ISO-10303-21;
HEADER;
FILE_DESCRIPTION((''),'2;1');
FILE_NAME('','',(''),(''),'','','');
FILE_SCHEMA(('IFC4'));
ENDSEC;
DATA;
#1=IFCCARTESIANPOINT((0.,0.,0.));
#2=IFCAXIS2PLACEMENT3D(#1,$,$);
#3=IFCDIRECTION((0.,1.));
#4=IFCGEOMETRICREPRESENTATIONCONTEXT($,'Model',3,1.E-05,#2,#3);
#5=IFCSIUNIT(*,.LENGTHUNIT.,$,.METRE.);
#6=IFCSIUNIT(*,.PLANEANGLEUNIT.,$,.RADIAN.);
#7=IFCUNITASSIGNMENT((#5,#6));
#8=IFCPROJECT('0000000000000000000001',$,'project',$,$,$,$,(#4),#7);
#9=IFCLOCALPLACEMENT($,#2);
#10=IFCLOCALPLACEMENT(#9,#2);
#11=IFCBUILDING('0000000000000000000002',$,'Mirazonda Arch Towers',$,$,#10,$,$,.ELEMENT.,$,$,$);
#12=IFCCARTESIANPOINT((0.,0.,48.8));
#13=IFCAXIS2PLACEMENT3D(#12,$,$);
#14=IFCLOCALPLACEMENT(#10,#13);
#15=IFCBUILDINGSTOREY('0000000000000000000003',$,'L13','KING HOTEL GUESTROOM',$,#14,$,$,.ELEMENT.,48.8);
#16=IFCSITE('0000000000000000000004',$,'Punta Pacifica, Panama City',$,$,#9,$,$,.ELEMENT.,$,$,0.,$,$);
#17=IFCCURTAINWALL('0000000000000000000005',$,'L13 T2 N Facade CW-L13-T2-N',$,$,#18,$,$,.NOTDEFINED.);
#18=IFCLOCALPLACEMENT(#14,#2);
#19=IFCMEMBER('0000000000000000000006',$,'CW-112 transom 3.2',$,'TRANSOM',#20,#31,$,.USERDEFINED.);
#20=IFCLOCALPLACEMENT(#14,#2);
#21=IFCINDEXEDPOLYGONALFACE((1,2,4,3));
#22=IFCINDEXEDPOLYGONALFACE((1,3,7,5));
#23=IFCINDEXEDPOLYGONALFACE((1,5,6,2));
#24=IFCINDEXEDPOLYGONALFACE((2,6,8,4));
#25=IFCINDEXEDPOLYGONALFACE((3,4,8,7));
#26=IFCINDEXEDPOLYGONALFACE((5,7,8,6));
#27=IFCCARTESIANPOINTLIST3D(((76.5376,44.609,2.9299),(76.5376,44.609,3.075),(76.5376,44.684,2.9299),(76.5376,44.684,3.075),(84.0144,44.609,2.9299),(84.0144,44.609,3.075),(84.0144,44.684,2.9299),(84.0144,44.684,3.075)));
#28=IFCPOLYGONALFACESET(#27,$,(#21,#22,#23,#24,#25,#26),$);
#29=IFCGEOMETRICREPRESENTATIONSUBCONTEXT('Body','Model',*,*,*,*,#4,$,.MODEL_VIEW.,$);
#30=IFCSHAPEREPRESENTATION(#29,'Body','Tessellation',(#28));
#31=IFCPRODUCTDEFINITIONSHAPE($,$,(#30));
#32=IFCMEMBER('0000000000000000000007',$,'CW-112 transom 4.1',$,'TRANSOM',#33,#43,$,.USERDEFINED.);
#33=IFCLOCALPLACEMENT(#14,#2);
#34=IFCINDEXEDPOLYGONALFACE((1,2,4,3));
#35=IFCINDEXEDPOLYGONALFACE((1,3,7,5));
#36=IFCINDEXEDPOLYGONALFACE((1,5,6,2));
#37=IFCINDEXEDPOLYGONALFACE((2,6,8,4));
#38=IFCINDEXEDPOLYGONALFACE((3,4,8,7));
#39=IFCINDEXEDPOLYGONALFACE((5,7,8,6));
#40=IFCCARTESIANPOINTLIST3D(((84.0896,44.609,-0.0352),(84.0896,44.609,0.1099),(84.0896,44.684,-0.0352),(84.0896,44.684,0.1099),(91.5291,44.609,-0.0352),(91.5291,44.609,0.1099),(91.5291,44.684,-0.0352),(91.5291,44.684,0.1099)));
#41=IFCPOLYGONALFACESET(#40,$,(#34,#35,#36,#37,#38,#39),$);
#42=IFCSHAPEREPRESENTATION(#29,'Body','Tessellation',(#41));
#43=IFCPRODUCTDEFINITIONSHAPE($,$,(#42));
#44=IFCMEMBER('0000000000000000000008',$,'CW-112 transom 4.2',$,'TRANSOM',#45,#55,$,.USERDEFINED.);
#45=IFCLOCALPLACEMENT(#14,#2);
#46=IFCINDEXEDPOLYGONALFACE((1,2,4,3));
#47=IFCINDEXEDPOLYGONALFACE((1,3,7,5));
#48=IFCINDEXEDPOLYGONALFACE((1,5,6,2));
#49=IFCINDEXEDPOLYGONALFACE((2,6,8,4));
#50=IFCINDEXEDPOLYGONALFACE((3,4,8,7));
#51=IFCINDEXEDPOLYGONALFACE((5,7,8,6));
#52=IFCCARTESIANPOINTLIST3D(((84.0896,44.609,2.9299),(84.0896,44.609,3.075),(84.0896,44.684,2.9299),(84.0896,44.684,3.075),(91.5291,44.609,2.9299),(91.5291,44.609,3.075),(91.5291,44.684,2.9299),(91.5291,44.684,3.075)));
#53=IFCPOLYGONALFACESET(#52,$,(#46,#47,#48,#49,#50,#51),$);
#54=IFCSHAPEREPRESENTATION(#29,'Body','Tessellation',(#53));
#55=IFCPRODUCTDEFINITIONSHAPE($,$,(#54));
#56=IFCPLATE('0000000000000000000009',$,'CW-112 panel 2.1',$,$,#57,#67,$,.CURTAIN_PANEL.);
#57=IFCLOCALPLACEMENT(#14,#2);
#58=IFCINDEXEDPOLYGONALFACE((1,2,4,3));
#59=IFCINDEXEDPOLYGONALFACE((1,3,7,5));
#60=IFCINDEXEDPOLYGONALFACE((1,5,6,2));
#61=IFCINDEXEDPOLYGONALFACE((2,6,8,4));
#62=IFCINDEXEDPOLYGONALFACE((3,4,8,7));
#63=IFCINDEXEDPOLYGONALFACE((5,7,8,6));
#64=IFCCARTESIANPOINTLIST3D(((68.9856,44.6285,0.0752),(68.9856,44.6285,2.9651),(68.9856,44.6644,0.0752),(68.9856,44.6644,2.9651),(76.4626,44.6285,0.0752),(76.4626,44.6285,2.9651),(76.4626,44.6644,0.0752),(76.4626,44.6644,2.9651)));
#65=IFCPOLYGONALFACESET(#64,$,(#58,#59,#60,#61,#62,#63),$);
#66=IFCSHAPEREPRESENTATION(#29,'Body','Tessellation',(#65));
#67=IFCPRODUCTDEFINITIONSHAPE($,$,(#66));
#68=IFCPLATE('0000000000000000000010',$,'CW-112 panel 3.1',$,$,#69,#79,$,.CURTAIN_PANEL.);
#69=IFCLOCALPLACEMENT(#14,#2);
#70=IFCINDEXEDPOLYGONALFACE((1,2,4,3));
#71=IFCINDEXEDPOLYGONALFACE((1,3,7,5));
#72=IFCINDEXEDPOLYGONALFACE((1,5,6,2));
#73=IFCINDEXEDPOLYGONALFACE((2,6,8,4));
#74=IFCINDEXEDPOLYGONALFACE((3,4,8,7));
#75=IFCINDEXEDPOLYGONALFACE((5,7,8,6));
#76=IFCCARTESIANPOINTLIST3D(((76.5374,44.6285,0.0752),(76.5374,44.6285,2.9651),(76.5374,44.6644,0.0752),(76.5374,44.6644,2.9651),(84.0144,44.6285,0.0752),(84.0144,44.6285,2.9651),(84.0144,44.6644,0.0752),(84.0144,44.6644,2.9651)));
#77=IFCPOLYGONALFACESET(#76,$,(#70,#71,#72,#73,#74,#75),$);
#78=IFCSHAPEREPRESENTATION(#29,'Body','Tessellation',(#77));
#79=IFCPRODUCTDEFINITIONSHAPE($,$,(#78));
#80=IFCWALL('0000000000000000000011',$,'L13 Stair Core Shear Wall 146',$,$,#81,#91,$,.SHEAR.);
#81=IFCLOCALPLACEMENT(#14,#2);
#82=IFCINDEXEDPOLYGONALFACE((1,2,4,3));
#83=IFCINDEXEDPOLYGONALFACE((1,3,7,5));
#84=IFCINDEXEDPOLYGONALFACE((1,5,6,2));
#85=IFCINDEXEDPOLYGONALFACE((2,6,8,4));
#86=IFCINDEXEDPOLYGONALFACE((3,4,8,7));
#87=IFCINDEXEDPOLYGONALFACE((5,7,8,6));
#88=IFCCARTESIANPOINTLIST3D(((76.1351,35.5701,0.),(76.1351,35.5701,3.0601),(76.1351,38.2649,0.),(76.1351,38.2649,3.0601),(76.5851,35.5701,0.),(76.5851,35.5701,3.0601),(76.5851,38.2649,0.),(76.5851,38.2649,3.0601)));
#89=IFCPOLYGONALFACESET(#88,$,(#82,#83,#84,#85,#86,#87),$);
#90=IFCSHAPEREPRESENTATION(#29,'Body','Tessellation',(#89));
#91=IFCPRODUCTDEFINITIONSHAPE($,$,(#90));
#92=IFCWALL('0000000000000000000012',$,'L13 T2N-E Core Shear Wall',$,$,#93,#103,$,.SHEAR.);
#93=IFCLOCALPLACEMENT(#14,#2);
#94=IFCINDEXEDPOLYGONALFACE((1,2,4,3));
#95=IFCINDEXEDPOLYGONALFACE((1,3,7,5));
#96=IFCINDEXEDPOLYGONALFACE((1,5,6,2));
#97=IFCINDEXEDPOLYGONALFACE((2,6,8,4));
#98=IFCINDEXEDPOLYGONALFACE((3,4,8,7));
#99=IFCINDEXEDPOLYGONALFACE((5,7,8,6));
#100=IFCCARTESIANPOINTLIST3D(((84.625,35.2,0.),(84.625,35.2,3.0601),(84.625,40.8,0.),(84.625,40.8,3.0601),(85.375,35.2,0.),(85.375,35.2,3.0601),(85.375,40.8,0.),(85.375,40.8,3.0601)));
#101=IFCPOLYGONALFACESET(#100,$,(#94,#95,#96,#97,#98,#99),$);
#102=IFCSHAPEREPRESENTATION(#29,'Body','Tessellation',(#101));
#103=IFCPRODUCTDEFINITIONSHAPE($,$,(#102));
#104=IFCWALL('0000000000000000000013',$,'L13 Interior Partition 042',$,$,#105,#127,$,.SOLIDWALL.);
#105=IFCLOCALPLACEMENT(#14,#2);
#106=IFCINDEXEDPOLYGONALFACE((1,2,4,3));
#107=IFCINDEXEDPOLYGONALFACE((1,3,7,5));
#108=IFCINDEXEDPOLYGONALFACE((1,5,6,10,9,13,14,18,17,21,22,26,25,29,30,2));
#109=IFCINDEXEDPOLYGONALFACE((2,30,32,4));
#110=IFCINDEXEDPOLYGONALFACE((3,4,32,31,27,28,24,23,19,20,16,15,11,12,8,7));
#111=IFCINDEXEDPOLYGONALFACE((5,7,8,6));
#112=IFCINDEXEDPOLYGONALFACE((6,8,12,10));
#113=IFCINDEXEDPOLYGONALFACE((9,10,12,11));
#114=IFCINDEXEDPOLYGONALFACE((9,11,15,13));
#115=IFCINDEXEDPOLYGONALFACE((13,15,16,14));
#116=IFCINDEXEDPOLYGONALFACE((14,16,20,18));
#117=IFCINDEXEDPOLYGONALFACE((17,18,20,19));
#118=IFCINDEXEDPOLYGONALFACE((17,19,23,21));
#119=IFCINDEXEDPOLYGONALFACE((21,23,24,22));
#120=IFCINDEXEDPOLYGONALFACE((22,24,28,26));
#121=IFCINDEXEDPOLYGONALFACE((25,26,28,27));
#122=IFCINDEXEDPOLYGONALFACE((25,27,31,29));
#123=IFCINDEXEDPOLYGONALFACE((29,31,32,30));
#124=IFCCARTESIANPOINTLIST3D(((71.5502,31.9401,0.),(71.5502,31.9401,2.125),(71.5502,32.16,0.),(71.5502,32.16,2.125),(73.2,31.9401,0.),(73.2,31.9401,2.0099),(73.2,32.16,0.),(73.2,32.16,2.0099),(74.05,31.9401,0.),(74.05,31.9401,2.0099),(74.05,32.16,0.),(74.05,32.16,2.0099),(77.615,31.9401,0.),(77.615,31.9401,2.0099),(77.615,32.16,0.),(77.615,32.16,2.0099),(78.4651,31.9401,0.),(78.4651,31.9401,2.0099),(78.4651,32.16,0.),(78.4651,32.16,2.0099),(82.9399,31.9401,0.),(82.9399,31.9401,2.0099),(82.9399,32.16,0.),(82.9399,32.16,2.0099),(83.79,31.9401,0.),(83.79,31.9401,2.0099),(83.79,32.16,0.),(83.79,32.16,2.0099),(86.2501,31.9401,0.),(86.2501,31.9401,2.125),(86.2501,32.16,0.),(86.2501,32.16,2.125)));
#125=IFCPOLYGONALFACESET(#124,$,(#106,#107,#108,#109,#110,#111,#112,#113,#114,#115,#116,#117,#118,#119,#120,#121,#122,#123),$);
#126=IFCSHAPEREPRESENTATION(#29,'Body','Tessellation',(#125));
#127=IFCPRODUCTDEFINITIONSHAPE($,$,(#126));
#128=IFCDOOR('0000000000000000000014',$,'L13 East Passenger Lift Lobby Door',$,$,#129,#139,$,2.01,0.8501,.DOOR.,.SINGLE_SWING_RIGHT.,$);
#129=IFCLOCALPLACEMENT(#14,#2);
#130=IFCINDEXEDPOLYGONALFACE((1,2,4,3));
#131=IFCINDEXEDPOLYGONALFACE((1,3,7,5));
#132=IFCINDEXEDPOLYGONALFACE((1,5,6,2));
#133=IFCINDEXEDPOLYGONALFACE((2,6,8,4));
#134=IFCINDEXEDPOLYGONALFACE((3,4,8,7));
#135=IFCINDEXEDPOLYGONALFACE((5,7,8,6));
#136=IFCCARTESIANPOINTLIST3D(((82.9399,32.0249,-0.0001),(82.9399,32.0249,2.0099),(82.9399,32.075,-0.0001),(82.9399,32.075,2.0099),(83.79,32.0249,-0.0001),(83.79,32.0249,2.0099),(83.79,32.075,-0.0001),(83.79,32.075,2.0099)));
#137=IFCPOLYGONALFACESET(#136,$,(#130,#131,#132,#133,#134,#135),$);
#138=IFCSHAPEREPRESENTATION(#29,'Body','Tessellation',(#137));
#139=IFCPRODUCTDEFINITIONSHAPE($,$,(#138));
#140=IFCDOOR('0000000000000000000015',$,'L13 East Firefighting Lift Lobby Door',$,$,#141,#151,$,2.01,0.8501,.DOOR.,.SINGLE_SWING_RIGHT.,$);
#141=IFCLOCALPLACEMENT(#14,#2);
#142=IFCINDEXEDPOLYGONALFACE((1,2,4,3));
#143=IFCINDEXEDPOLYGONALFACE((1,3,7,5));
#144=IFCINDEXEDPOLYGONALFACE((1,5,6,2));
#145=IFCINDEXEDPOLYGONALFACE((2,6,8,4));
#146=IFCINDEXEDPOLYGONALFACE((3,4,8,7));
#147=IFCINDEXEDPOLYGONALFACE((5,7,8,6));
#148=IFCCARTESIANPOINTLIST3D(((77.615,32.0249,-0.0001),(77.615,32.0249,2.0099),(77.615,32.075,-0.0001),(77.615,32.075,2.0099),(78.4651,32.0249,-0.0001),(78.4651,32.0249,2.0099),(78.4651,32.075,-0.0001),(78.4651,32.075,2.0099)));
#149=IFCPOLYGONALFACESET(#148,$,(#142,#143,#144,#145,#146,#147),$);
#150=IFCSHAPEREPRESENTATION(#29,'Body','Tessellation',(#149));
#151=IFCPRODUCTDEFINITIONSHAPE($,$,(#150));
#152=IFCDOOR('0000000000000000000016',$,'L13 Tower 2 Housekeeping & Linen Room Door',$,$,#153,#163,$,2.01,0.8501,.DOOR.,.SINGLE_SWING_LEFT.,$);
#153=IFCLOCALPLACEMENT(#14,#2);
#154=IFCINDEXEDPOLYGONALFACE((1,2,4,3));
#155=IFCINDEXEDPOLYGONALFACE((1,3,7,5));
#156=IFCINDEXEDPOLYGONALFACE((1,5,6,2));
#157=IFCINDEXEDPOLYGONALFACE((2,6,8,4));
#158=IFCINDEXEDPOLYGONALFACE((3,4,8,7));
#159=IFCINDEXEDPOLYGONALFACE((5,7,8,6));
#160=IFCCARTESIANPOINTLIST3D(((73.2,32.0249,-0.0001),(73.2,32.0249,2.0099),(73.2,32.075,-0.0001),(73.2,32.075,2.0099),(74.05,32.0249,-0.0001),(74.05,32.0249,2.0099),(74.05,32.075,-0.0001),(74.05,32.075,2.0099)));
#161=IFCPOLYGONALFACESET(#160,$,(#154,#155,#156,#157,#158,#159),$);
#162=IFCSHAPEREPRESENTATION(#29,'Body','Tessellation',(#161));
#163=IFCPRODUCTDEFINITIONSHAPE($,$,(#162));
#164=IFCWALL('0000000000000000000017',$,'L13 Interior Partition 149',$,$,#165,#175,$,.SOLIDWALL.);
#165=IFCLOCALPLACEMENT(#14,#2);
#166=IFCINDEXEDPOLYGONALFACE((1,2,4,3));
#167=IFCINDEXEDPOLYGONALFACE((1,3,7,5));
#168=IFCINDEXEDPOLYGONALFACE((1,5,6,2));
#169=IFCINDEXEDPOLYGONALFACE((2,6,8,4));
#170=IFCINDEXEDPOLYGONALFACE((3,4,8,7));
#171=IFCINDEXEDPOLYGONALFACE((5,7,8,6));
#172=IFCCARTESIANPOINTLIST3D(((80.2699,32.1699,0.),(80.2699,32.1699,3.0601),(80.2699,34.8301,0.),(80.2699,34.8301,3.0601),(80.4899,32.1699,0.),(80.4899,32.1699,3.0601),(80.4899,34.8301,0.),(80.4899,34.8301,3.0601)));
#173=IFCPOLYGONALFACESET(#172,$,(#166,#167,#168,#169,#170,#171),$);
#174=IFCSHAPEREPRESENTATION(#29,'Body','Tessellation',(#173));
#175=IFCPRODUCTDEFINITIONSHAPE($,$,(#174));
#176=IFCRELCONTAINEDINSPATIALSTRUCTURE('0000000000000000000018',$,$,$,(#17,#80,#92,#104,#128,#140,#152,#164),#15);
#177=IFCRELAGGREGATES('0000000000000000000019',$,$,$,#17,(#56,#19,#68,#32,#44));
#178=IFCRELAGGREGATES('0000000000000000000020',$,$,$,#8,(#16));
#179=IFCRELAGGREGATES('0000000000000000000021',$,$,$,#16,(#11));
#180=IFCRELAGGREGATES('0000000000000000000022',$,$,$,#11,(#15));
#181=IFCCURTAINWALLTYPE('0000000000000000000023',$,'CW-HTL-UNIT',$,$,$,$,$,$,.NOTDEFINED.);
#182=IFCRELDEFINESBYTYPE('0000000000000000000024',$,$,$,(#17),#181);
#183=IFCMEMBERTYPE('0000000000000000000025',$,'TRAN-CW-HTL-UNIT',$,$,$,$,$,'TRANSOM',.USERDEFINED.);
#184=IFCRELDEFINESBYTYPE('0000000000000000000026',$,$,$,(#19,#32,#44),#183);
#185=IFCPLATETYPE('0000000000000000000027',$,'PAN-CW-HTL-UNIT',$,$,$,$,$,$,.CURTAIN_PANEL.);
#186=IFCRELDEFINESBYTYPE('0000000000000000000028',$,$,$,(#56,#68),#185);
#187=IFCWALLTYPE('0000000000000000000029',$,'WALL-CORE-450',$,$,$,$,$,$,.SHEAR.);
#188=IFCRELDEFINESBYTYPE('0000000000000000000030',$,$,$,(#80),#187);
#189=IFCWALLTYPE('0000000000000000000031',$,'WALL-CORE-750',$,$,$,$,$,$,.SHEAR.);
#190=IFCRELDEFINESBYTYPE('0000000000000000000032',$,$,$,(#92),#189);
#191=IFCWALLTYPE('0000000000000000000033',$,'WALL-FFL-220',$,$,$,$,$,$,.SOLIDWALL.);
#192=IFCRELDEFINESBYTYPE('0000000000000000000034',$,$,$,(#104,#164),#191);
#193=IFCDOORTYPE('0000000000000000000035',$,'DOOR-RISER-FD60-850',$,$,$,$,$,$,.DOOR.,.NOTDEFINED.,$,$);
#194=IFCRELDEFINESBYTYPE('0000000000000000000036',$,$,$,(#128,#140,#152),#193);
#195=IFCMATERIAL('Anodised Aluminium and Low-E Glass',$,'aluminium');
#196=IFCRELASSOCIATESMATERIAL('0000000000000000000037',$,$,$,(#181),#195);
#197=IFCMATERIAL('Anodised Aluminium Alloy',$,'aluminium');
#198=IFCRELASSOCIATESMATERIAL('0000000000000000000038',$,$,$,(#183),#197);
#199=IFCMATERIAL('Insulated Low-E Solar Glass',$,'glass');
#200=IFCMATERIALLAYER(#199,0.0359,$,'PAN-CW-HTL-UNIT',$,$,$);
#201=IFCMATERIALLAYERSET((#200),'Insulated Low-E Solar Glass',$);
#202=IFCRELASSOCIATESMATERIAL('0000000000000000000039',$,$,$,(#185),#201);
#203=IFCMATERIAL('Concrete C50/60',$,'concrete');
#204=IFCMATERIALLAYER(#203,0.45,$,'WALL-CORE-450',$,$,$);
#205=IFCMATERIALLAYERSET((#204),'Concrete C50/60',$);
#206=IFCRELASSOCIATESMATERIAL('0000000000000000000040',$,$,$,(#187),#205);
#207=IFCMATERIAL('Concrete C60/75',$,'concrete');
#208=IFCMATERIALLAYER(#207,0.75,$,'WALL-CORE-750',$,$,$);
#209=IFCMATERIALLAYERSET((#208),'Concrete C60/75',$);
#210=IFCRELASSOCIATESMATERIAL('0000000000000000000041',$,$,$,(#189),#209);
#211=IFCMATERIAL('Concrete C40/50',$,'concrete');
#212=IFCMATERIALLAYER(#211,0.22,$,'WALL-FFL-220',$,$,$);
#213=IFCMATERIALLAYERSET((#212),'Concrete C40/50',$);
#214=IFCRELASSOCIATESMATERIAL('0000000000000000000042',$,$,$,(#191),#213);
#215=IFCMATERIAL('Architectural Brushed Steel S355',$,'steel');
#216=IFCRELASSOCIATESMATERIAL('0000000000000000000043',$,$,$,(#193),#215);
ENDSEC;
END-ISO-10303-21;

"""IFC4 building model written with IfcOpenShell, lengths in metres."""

from ifc_helpers import new_model, si_unit, direction, frame, frame_2d, origin, origin_2d, place, context, subcontext, project, spatial, rectangle, extrude, material, layer, layer_set, material_profile, profile_set, type_object, element, fill, aggregate, save


model = new_model("IFC4")

# Units and contexts
model_context = context("Model", 3, precision=1e-05, world=origin(), true_north=direction((0.0, 1.0)))
body_context = subcontext(model_context, "Body", "Model", "MODEL_VIEW")
ifc_project = project(units=[si_unit("LENGTHUNIT", "METRE"), si_unit("PLANEANGLEUNIT", "RADIAN")], contexts=[model_context])

# Site, building, storey
site_placement = place(None, origin())
site = spatial("IfcSite", under=ifc_project, at=site_placement, Name="Punta Pacifica, Panama City", CompositionType="ELEMENT", RefElevation=0.0)
building_placement = place(site_placement, origin())
building = spatial("IfcBuilding", under=site, at=building_placement, Name="Mirazonda Arch Towers", CompositionType="ELEMENT")
storey_placement = place(building_placement, frame((0.0, 0.0, 48.8)))
storey = spatial("IfcBuildingStorey", under=building, at=storey_placement, Name="L13", Description="KING HOTEL GUESTROOM", CompositionType="ELEMENT", Elevation=48.8)

# Shared definitions
ifc_material_1 = material(Name="Concrete C60/75", Category="concrete")

# Curtain wall, members, plates
ifc_material_2 = material(Name="Anodised Aluminium and Low-E Glass", Category="aluminium")
curtain_wall_type = type_object("IfcCurtainWallType", Name="CW-HTL-UNIT", PredefinedType="NOTDEFINED", material=ifc_material_2)
curtain_wall_placement = place(storey_placement, origin())
curtain_wall = element("IfcCurtainWall", 1, at=curtain_wall_placement, inside=storey, type_object=curtain_wall_type, Name="L13 T2 N Facade CW-L13-T2-N", PredefinedType="NOTDEFINED")
ifc_material_3 = material(Name="Anodised Aluminium Alloy", Category="aluminium")
ifc_material_profile_1 = material_profile(ifc_material_3, rectangle(XDim=0.075, YDim=0.145, at=origin_2d()), Name="ALU-TRAN-75x145")
ifc_profile_set_1 = profile_set([ifc_material_profile_1], Name="Anodised Aluminium Alloy")
member_type_1 = type_object("IfcMemberType", Name="TRAN-CW-HTL-UNIT", ElementType="TRANSOM", PredefinedType="USERDEFINED", material=ifc_profile_set_1)
member_1_placement = place(storey_placement, frame((76.5376, 44.6465, 3.0024), z_axis=(1.0, 0.0, 0.0), x_axis=(0.0, 1.0, 0.0)))
member_1 = element("IfcMember", 2, at=member_1_placement, type_object=member_type_1, Name="CW-112 transom 3.2", ObjectType="TRANSOM", PredefinedType="USERDEFINED", context=body_context, shape_type="SweptSolid", body=[
    extrude(rectangle(XDim=0.075, YDim=0.145, at=origin_2d()), origin(), (0.0, 0.0, 1.0), 7.4768),
])
member_2_placement = place(storey_placement, frame((84.0896, 44.6465, 0.0374), z_axis=(1.0, 0.0, 0.0), x_axis=(0.0, 1.0, 0.0)))
member_2 = element("IfcMember", 3, at=member_2_placement, type_object=member_type_1, Name="CW-112 transom 4.1", ObjectType="TRANSOM", PredefinedType="USERDEFINED", context=body_context, shape_type="SweptSolid", body=[
    extrude(rectangle(XDim=0.075, YDim=0.145, at=origin_2d()), origin(), (0.0, 0.0, 1.0), 7.4395),
])
member_3_placement = place(storey_placement, frame((84.0896, 44.6465, 3.0024), z_axis=(1.0, 0.0, 0.0), x_axis=(0.0, 1.0, 0.0)))
member_3 = element("IfcMember", 4, at=member_3_placement, type_object=member_type_1, Name="CW-112 transom 4.2", ObjectType="TRANSOM", PredefinedType="USERDEFINED", context=body_context, shape_type="SweptSolid", body=[
    extrude(rectangle(XDim=0.075, YDim=0.145, at=origin_2d()), origin(), (0.0, 0.0, 1.0), 7.4395),
])
ifc_material_4 = material(Name="Insulated Low-E Solar Glass", Category="glass")
ifc_layer_1 = layer(ifc_material_4, 0.0359, Name="PAN-CW-HTL-UNIT")
ifc_layer_set_1 = layer_set([ifc_layer_1], Name="Insulated Low-E Solar Glass")
plate_type = type_object("IfcPlateType", Name="PAN-CW-HTL-UNIT", PredefinedType="CURTAIN_PANEL", material=ifc_layer_set_1)
plate_1_placement = place(storey_placement, frame((72.7241, 44.6465, 0.0752), z_axis=(0.0, 0.0, 1.0), x_axis=(1.0, 0.0, 0.0)))
plate_1 = element("IfcPlate", 5, at=plate_1_placement, type_object=plate_type, Name="CW-112 panel 2.1", PredefinedType="CURTAIN_PANEL", context=body_context, shape_type="SweptSolid", body=[
    extrude(rectangle(XDim=7.4771, YDim=0.0359, at=origin_2d()), origin(), (0.0, 0.0, 1.0), 2.8899),
])
plate_2_placement = place(storey_placement, frame((80.2759, 44.6465, 0.0752), z_axis=(0.0, 0.0, 1.0), x_axis=(1.0, 0.0, 0.0)))
plate_2 = element("IfcPlate", 6, at=plate_2_placement, type_object=plate_type, Name="CW-112 panel 3.1", PredefinedType="CURTAIN_PANEL", context=body_context, shape_type="SweptSolid", body=[
    extrude(rectangle(XDim=7.4771, YDim=0.0359, at=origin_2d()), origin(), (0.0, 0.0, 1.0), 2.8899),
])
aggregate(curtain_wall, [plate_1, member_1, plate_2, member_2, member_3])

# Walls
ifc_material_5 = material(Name="Concrete C50/60", Category="concrete")
ifc_layer_2 = layer(ifc_material_5, 0.45, Name="WALL-CORE-450")
ifc_layer_set_2 = layer_set([ifc_layer_2], Name="Concrete C50/60")
wall_type_1 = type_object("IfcWallType", Name="WALL-CORE-450", PredefinedType="SHEAR", material=ifc_layer_set_2)
wall_1_placement = place(storey_placement, frame((76.3601, 35.5701, 0.0), z_axis=(0.0, 0.0, 1.0), x_axis=(0.0, 1.0, 0.0)))
element("IfcWall", 7, at=wall_1_placement, inside=storey, type_object=wall_type_1, Name="L13 Stair Core Shear Wall 146", PredefinedType="SHEAR", context=body_context, shape_type="SweptSolid", body=[
    extrude(rectangle(XDim=2.6948, YDim=0.45, at=frame_2d((1.3474, 0.0))), origin(), (0.0, 0.0, 1.0), 3.0601),
])
ifc_layer_3 = layer(ifc_material_1, 0.75, Name="WALL-CORE-750")
ifc_layer_set_3 = layer_set([ifc_layer_3], Name="Concrete C60/75")
wall_type_2 = type_object("IfcWallType", Name="WALL-CORE-750", PredefinedType="SHEAR", material=ifc_layer_set_3)
wall_2_placement = place(storey_placement, frame((85.0, 35.2, 0.0), z_axis=(0.0, 0.0, 1.0), x_axis=(0.0, 1.0, 0.0)))
element("IfcWall", 8, at=wall_2_placement, inside=storey, type_object=wall_type_2, Name="L13 T2N-E Core Shear Wall", PredefinedType="SHEAR", context=body_context, shape_type="SweptSolid", body=[
    extrude(rectangle(XDim=5.6001, YDim=0.75, at=frame_2d((2.8, 0.0))), origin(), (0.0, 0.0, 1.0), 3.0601),
])

# Wall, openings, doors
ifc_material_6 = material(Name="Concrete C40/50", Category="concrete")
ifc_layer_4 = layer(ifc_material_6, 0.22, Name="WALL-FFL-220")
ifc_layer_set_4 = layer_set([ifc_layer_4], Name="Concrete C40/50")
wall_type_3 = type_object("IfcWallType", Name="WALL-FFL-220", PredefinedType="SOLIDWALL", material=ifc_layer_set_4)
wall_3_placement = place(storey_placement, frame((71.55, 32.05, 0.0), z_axis=(0.0, 0.0, 1.0), x_axis=(1.0, 0.0, 0.0)))
wall_3 = element("IfcWall", 9, at=wall_3_placement, inside=storey, type_object=wall_type_3, Name="L13 Interior Partition 042", PredefinedType="SOLIDWALL", context=body_context, shape_type="SweptSolid", body=[
    extrude(rectangle(XDim=14.7, YDim=0.22, at=frame_2d((7.3501, 0.0))), origin(), (0.0, 0.0, 1.0), 2.125),
])
opening_1_placement = place(wall_3_placement, frame((11.3899, 0.0, 0.0)))
opening_1 = element("IfcOpeningElement", 10, at=opening_1_placement, cuts=wall_3, PredefinedType="OPENING", context=body_context, shape_type="SweptSolid", body=[
    extrude(rectangle(XDim=0.8501, YDim=2.01, at=frame_2d((0.425, 1.0049))), frame((0.0, 0.1199, 0.0), z_axis=(0.0, -1.0, 0.0), x_axis=(1.0, 0.0, 0.0)), (0.0, 0.0, 1.0), 0.24),
])
opening_2_placement = place(wall_3_placement, frame((6.0649, 0.0, 0.0)))
opening_2 = element("IfcOpeningElement", 11, at=opening_2_placement, cuts=wall_3, PredefinedType="OPENING", context=body_context, shape_type="SweptSolid", body=[
    extrude(rectangle(XDim=0.8501, YDim=2.01, at=frame_2d((0.425, 1.0049))), frame((0.0, 0.1199, 0.0), z_axis=(0.0, -1.0, 0.0), x_axis=(1.0, 0.0, 0.0)), (0.0, 0.0, 1.0), 0.24),
])
opening_3_placement = place(wall_3_placement, frame((1.6499, 0.0, 0.0)))
opening_3 = element("IfcOpeningElement", 12, at=opening_3_placement, cuts=wall_3, PredefinedType="OPENING", context=body_context, shape_type="SweptSolid", body=[
    extrude(rectangle(XDim=0.8501, YDim=2.01, at=frame_2d((0.425, 1.0049))), frame((0.0, 0.1199, 0.0), z_axis=(0.0, -1.0, 0.0), x_axis=(1.0, 0.0, 0.0)), (0.0, 0.0, 1.0), 0.24),
])
ifc_material_7 = material(Name="Architectural Brushed Steel S355", Category="steel")
door_type = type_object("IfcDoorType", Name="DOOR-RISER-FD60-850", OperationType="NOTDEFINED", PredefinedType="DOOR", material=ifc_material_7)
door_1_placement = place(opening_1_placement, origin())
door_1 = element("IfcDoor", 13, at=door_1_placement, inside=storey, type_object=door_type, Name="L13 East Passenger Lift Lobby Door", OperationType="SINGLE_SWING_RIGHT", OverallHeight=2.01, OverallWidth=0.8501, PredefinedType="DOOR", context=body_context, shape_type="SweptSolid", body=[
    extrude(rectangle(XDim=0.8501, YDim=2.01, at=frame_2d((0.425, 1.0049))), frame((0.0, 0.0249, 0.0), z_axis=(0.0, -1.0, 0.0), x_axis=(1.0, 0.0, 0.0)), (0.0, 0.0, 1.0), 0.05),
])
fill(opening_1, door_1)
door_2_placement = place(opening_2_placement, origin())
door_2 = element("IfcDoor", 14, at=door_2_placement, inside=storey, type_object=door_type, Name="L13 East Firefighting Lift Lobby Door", OperationType="SINGLE_SWING_RIGHT", OverallHeight=2.01, OverallWidth=0.8501, PredefinedType="DOOR", context=body_context, shape_type="SweptSolid", body=[
    extrude(rectangle(XDim=0.8501, YDim=2.01, at=frame_2d((0.425, 1.0049))), frame((0.0, 0.0249, 0.0), z_axis=(0.0, -1.0, 0.0), x_axis=(1.0, 0.0, 0.0)), (0.0, 0.0, 1.0), 0.05),
])
fill(opening_2, door_2)
door_3_placement = place(opening_3_placement, origin())
door_3 = element("IfcDoor", 15, at=door_3_placement, inside=storey, type_object=door_type, Name="L13 Tower 2 Housekeeping & Linen Room Door", OperationType="SINGLE_SWING_LEFT", OverallHeight=2.01, OverallWidth=0.8501, PredefinedType="DOOR", context=body_context, shape_type="SweptSolid", body=[
    extrude(rectangle(XDim=0.8501, YDim=2.01, at=frame_2d((0.425, 1.0049))), frame((0.0, 0.0249, 0.0), z_axis=(0.0, -1.0, 0.0), x_axis=(1.0, 0.0, 0.0)), (0.0, 0.0, 1.0), 0.05),
])
fill(opening_3, door_3)

# Wall
wall_4_placement = place(storey_placement, frame((80.3799, 32.1699, 0.0), z_axis=(0.0, 0.0, 1.0), x_axis=(0.0, 1.0, 0.0)))
element("IfcWall", 16, at=wall_4_placement, inside=storey, type_object=wall_type_3, Name="L13 Interior Partition 149", PredefinedType="SOLIDWALL", context=body_context, shape_type="SweptSolid", body=[
    extrude(rectangle(XDim=2.6602, YDim=0.22, at=frame_2d((1.3301, 0.0))), origin(), (0.0, 0.0, 1.0), 3.0601),
])

save(model, "model.ifc")
